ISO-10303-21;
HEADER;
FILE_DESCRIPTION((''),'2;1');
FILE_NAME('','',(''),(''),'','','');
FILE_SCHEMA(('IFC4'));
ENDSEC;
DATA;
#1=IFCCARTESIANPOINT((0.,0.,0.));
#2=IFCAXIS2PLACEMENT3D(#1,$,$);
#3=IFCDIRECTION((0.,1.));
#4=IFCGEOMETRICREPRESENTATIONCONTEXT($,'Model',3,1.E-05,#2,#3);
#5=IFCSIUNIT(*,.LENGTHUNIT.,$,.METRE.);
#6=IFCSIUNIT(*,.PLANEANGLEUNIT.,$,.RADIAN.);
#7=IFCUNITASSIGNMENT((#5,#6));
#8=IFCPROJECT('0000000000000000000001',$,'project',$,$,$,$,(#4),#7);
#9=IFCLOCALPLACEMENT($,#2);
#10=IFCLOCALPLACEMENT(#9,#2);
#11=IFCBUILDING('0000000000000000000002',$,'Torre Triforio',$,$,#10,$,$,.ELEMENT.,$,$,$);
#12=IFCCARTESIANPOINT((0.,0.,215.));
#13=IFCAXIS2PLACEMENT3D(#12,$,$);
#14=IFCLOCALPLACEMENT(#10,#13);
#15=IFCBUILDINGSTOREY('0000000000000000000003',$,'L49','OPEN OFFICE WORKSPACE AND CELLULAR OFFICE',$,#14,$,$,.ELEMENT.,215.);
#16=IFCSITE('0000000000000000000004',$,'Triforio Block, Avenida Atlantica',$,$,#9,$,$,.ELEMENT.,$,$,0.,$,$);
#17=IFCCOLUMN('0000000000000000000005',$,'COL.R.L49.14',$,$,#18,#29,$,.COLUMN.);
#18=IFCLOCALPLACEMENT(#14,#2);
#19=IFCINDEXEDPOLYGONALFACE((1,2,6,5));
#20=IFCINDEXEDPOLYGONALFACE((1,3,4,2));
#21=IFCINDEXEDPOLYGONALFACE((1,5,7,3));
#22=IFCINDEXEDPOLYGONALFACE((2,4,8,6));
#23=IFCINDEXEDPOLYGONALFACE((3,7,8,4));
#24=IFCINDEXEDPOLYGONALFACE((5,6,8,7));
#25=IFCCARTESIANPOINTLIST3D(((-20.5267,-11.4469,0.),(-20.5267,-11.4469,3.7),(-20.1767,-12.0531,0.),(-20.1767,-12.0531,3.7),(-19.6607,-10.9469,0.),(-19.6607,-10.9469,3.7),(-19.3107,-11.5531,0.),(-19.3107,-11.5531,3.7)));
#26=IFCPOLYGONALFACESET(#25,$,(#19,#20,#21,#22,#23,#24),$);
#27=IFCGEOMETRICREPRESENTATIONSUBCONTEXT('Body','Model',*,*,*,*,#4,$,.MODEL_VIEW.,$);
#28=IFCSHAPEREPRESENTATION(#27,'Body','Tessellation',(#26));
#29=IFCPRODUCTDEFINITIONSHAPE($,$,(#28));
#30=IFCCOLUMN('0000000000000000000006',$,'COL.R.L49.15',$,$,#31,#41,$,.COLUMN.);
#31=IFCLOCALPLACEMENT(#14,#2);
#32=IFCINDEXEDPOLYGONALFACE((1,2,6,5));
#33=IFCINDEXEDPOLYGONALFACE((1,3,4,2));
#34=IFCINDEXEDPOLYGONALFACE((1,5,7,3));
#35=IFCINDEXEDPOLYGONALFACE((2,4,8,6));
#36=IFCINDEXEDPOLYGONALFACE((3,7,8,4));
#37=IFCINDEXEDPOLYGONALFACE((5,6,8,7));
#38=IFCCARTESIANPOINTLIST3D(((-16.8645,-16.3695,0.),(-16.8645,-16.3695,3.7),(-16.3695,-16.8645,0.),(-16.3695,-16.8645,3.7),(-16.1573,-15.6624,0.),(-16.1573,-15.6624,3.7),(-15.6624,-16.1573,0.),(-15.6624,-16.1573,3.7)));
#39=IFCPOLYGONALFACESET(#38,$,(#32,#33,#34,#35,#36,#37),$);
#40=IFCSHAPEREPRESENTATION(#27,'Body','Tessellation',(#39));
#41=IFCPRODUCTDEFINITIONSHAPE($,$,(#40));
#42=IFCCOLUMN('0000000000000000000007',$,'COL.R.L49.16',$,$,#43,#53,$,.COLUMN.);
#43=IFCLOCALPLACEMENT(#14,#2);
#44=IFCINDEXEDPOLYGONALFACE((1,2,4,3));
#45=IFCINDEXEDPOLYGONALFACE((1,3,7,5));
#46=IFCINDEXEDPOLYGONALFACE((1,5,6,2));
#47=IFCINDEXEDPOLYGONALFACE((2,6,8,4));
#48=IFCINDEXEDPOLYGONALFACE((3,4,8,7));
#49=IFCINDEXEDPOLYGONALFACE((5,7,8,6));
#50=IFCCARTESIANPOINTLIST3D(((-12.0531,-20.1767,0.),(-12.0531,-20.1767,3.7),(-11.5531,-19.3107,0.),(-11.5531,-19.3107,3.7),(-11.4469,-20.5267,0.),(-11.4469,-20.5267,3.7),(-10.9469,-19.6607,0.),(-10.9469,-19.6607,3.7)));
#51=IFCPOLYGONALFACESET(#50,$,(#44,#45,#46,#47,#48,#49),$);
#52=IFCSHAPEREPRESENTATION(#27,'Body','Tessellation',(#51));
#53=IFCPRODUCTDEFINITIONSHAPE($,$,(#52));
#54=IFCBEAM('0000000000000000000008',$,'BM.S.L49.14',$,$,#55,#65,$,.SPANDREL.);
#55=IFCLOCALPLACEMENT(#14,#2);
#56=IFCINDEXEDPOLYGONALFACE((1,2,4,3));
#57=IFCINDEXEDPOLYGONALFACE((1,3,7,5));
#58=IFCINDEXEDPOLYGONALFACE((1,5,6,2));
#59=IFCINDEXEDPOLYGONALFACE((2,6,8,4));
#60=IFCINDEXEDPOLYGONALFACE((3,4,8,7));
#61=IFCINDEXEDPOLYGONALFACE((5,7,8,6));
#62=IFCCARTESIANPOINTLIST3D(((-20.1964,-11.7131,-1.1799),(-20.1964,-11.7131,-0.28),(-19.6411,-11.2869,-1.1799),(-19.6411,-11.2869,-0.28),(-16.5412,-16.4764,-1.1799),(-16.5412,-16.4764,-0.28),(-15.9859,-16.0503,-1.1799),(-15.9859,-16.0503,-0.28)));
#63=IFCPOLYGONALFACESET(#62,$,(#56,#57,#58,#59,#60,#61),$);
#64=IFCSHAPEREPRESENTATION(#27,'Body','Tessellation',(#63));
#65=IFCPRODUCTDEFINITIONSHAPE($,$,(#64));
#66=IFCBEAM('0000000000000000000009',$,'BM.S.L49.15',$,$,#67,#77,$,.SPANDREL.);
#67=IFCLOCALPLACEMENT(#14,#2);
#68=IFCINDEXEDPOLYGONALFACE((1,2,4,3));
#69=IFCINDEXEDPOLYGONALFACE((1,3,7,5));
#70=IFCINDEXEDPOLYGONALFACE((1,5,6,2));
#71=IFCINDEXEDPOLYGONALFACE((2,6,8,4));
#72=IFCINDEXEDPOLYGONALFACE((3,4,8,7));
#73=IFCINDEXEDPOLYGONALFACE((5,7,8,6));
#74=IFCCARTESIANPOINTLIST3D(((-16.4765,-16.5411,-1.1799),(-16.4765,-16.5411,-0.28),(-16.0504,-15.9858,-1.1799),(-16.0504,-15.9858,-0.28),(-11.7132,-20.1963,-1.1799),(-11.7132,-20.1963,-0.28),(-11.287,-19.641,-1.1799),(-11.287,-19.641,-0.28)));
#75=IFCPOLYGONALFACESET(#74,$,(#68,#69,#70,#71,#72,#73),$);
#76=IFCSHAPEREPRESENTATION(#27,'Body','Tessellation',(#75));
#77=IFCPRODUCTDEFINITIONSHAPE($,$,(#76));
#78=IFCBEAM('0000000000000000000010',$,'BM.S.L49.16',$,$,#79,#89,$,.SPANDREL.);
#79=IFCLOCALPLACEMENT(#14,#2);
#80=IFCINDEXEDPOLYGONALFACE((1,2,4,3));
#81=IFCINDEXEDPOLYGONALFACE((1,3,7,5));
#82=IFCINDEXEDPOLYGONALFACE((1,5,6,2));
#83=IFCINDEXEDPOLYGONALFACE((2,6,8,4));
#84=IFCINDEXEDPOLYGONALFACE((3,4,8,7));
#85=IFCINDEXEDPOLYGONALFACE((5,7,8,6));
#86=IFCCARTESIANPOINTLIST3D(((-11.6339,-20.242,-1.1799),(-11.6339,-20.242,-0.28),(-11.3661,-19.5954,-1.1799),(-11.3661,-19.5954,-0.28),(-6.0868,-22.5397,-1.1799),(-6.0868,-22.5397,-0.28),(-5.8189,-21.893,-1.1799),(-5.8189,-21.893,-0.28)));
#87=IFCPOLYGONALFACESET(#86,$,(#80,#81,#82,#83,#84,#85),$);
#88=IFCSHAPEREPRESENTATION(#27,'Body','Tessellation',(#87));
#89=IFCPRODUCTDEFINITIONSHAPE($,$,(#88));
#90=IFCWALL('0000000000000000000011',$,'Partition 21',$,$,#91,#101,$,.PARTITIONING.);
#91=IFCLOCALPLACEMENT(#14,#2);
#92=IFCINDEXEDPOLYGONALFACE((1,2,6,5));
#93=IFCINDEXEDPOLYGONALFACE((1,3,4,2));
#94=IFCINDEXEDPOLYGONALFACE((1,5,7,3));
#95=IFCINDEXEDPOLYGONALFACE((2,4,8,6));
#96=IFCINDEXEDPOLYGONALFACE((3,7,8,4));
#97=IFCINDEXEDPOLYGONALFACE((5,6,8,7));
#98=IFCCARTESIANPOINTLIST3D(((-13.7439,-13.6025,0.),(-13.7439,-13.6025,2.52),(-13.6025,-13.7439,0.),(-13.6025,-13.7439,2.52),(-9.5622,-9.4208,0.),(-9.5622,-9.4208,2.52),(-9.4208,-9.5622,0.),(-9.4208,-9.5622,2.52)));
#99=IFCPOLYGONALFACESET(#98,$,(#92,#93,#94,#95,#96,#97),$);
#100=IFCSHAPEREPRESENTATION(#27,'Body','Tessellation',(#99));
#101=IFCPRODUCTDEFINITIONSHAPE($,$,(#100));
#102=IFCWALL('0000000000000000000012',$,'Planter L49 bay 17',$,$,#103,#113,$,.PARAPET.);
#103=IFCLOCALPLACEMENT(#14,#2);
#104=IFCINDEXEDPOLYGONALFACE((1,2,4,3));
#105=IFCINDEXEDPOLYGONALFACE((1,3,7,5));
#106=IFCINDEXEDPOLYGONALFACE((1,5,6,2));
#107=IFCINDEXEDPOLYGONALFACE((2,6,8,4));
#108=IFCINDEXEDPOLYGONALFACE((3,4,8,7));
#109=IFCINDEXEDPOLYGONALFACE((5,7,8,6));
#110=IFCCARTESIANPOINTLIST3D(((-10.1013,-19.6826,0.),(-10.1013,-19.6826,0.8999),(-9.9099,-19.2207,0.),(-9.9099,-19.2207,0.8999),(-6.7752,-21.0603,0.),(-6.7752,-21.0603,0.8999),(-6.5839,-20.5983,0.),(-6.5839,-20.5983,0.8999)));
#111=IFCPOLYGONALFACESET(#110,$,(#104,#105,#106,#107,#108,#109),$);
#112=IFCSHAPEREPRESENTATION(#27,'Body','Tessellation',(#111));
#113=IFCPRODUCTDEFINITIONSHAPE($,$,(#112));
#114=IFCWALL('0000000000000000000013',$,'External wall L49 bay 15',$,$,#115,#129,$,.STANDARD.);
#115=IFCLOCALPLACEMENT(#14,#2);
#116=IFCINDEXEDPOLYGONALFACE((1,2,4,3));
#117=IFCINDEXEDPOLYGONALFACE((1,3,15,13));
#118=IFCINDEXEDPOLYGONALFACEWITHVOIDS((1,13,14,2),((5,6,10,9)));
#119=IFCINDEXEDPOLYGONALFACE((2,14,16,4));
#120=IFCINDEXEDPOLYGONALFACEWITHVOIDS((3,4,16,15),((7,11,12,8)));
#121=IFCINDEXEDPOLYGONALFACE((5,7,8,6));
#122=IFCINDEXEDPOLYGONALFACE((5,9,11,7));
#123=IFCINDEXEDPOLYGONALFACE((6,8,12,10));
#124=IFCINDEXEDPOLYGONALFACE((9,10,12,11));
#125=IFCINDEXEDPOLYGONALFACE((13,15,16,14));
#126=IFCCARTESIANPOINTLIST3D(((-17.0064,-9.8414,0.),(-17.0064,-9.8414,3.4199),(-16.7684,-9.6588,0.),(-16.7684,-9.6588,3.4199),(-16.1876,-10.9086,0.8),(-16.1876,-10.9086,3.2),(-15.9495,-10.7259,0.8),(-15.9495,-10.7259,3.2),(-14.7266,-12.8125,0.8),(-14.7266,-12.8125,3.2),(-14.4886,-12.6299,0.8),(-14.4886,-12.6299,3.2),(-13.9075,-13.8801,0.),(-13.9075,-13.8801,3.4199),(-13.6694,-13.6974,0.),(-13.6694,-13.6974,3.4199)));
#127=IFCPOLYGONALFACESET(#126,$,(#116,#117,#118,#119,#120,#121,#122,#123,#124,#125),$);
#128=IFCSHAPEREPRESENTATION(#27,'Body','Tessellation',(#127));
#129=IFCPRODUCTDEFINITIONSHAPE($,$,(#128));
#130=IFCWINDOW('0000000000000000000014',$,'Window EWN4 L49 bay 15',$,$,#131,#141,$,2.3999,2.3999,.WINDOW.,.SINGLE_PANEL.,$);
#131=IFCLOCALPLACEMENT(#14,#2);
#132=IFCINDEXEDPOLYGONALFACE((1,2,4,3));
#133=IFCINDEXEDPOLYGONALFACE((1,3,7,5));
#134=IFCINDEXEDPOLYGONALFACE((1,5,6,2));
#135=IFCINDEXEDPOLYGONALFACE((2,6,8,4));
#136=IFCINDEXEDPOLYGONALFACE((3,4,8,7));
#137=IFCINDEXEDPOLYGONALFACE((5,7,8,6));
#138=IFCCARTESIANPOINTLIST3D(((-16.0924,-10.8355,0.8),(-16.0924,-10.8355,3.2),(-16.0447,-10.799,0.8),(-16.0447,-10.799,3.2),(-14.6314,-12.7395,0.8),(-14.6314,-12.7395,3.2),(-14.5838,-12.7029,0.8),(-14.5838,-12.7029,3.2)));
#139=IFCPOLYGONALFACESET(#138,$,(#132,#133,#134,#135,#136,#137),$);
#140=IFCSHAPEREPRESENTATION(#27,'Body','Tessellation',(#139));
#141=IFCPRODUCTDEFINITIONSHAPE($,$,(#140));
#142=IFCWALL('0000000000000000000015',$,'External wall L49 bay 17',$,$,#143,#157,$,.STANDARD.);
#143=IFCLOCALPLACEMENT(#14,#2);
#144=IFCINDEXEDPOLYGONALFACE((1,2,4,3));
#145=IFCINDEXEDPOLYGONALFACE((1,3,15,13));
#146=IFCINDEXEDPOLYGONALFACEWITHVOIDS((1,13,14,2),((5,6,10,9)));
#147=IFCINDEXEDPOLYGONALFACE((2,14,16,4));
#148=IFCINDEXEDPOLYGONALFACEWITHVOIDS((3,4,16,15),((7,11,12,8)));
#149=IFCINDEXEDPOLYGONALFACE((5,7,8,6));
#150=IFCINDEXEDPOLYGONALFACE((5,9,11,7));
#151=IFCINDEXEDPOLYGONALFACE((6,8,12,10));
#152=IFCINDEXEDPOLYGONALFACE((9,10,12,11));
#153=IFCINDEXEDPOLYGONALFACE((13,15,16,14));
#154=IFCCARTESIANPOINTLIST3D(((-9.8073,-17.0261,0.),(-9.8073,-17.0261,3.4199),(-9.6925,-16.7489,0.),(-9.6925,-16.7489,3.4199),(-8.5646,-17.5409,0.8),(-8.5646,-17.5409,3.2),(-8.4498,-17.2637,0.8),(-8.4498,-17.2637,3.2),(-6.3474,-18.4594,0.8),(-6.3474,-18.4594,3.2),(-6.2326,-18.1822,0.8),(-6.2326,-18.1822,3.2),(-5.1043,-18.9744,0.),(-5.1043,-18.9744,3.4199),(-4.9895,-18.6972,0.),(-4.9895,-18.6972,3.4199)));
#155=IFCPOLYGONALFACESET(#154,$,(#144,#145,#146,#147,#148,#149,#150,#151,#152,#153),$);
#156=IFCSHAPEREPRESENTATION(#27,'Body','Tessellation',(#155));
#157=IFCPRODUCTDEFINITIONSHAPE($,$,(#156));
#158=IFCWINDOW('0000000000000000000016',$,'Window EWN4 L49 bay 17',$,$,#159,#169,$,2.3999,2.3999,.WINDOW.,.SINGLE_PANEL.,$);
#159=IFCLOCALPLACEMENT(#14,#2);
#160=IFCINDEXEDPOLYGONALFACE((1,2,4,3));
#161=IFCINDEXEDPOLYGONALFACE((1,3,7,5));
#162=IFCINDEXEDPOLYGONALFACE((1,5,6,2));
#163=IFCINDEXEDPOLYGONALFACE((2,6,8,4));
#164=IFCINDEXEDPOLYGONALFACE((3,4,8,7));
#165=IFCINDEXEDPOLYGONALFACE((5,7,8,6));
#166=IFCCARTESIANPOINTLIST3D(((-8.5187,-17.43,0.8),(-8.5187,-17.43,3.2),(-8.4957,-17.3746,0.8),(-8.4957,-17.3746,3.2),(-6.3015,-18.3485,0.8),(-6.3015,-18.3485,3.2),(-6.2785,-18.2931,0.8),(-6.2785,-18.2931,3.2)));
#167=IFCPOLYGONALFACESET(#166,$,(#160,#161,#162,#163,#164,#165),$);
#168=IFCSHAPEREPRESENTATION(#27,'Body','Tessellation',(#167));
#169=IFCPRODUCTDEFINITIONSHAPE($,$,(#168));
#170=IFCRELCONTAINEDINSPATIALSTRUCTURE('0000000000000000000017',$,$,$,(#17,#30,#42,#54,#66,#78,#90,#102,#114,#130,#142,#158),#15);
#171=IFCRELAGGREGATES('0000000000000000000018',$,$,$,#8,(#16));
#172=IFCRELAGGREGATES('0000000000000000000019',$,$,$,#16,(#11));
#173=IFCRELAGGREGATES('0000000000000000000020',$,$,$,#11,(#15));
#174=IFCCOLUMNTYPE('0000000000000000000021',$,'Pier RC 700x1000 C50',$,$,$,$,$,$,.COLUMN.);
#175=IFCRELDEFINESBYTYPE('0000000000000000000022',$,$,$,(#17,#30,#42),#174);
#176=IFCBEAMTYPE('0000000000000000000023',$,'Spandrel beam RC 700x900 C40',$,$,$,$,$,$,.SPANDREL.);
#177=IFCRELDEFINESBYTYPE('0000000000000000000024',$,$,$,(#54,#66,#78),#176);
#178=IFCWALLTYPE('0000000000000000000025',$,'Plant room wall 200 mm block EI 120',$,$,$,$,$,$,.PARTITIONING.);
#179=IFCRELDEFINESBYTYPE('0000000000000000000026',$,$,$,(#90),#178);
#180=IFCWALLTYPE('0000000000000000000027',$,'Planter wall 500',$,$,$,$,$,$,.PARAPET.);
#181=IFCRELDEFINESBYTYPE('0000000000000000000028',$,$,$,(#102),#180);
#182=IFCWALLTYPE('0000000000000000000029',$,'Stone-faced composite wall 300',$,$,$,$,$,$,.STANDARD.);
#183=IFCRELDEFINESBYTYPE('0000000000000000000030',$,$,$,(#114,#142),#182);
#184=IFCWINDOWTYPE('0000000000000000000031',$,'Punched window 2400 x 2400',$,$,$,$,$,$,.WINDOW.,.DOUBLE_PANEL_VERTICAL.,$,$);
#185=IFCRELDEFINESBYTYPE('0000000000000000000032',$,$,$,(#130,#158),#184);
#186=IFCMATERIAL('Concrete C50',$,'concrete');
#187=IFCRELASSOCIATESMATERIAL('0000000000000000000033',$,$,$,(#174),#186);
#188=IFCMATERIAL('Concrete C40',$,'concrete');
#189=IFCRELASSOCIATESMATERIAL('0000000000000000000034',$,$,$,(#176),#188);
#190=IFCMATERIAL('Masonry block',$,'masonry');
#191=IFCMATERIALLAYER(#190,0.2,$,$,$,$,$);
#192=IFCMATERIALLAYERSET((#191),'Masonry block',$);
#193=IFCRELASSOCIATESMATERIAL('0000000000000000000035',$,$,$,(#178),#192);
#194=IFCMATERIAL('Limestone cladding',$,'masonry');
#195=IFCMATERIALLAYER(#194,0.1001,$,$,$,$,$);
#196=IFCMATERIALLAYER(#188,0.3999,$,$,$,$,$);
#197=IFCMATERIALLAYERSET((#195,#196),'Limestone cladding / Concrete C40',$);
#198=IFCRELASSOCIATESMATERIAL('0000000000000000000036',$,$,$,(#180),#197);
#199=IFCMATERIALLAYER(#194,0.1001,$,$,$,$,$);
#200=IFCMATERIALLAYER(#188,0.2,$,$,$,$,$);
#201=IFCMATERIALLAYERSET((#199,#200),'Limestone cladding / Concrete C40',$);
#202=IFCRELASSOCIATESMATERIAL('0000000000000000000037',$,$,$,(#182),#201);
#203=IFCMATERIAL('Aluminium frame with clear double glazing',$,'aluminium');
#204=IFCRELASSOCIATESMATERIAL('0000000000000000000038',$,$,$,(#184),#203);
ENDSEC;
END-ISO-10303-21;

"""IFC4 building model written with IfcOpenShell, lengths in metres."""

from ifc_helpers import new_model, si_unit, direction, frame, frame_2d, origin, origin_2d, place, context, subcontext, project, spatial, rectangle, extrude, material, layer, layer_set, material_profile, profile_set, type_object, element, fill, save


model = new_model("IFC4")

# Units and contexts
model_context = context("Model", 3, precision=1e-05, world=origin(), true_north=direction((0.0, 1.0)))
body_context = subcontext(model_context, "Body", "Model", "MODEL_VIEW")
ifc_project = project(units=[si_unit("LENGTHUNIT", "METRE"), si_unit("PLANEANGLEUNIT", "RADIAN")], contexts=[model_context])

# Site, building, storey
site_placement = place(None, origin())
site = spatial("IfcSite", under=ifc_project, at=site_placement, Name="Triforio Block, Avenida Atlantica", CompositionType="ELEMENT", RefElevation=0.0)
building_placement = place(site_placement, origin())
building = spatial("IfcBuilding", under=site, at=building_placement, Name="Torre Triforio", CompositionType="ELEMENT")
storey_placement = place(building_placement, frame((0.0, 0.0, 215.0)))
storey = spatial("IfcBuildingStorey", under=building, at=storey_placement, Name="L49", Description="OPEN OFFICE WORKSPACE AND CELLULAR OFFICE", CompositionType="ELEMENT", Elevation=215.0)

# Columns
ifc_material_1 = material(Name="Concrete C50", Category="concrete")
ifc_material_profile_1 = material_profile(ifc_material_1, rectangle(XDim=0.7, YDim=1.0, at=origin_2d()), Name="RC 700x1000")
ifc_profile_set_1 = profile_set([ifc_material_profile_1], Name="Concrete C50")
column_type = type_object("IfcColumnType", Name="Pier RC 700x1000 C50", PredefinedType="COLUMN", material=ifc_profile_set_1)
for number, where, z_axis, x_axis, name in (
    (1, (-19.9187, -11.5, 0.0), (0.0, 0.0, 1.0), (0.5, -0.866025, 0.0), "COL.R.L49.14"),
    (2, (-16.2634, -16.2634, 0.0), (0.0, 0.0, 1.0), (0.707107, -0.707107, 0.0), "COL.R.L49.15"),
    (3, (-11.5, -19.9187, 0.0), (0.0, 0.0, 1.0), (0.866025, -0.5, 0.0), "COL.R.L49.16"),
):
    element("IfcColumn", number, at=place(storey_placement, frame(where, z_axis=z_axis, x_axis=x_axis)), inside=storey, type_object=column_type, Name=name, PredefinedType="COLUMN", context=body_context, shape_type="SweptSolid", body=[
        extrude(rectangle(XDim=0.7, YDim=1.0, at=origin_2d()), origin(), (0.0, 0.0, 1.0), 3.7),
    ])

# Beams
ifc_material_2 = material(Name="Concrete C40", Category="concrete")
ifc_material_profile_2 = material_profile(ifc_material_2, rectangle(XDim=0.7, YDim=0.8999, at=origin_2d()), Name="RC 700x900")
ifc_profile_set_2 = profile_set([ifc_material_profile_2], Name="Concrete C40")
beam_type = type_object("IfcBeamType", Name="Spandrel beam RC 700x900 C40", PredefinedType="SPANDREL", material=ifc_profile_set_2)
for number, where, z_axis, x_axis, name in (
    (4, (-19.9187, -11.5, -0.73), (0.608779, -0.79334, 0.0), (0.79334, 0.608779, 0.0), "BM.S.L49.14"),
    (5, (-16.2634, -16.2634, -0.73), (0.79334, -0.608779, 0.0), (0.608779, 0.79334, 0.0), "BM.S.L49.15"),
    (6, (-11.5, -19.9187, -0.73), (0.923885, -0.382671, 0.0), (0.382671, 0.923885, 0.0), "BM.S.L49.16"),
):
    element("IfcBeam", number, at=place(storey_placement, frame(where, z_axis=z_axis, x_axis=x_axis)), inside=storey, type_object=beam_type, Name=name, PredefinedType="SPANDREL", context=body_context, shape_type="SweptSolid", body=[
        extrude(rectangle(XDim=0.7, YDim=0.8999, at=origin_2d()), origin(), (0.0, 0.0, 1.0), 6.0042),
    ])

# Walls
ifc_material_3 = material(Name="Masonry block", Category="masonry")
ifc_layer_1 = layer(ifc_material_3, 0.2)
ifc_layer_set_1 = layer_set([ifc_layer_1], Name="Masonry block")
wall_type_1 = type_object("IfcWallType", Name="Plant room wall 200 mm block EI 120", PredefinedType="PARTITIONING", material=ifc_layer_set_1)
wall_1_placement = place(storey_placement, frame((-9.4915, -9.4915, 0.0), z_axis=(0.0, 0.0, 1.0), x_axis=(-0.707107, -0.707107, 0.0)))
element("IfcWall", 7, at=wall_1_placement, inside=storey, type_object=wall_type_1, Name="Partition 21", PredefinedType="PARTITIONING", context=body_context, shape_type="SweptSolid", body=[
    extrude(rectangle(XDim=5.9138, YDim=0.2, at=frame_2d((2.957, 0.0))), origin(), (0.0, 0.0, 1.0), 2.52),
])
ifc_material_4 = material(Name="Limestone cladding", Category="masonry")
ifc_layer_2 = layer(ifc_material_4, 0.1001)
ifc_layer_3 = layer(ifc_material_2, 0.3999)
ifc_layer_set_2 = layer_set([ifc_layer_2, ifc_layer_3], Name="Limestone cladding / Concrete C40")
wall_type_2 = type_object("IfcWallType", Name="Planter wall 500", PredefinedType="PARAPET", material=ifc_layer_set_2)
wall_2_placement = place(storey_placement, frame((-10.0056, -19.4517, 0.0), z_axis=(0.0, 0.0, 1.0), x_axis=(0.923885, -0.382669, 0.0)))
element("IfcWall", 8, at=wall_2_placement, inside=storey, type_object=wall_type_2, Name="Planter L49 bay 17", PredefinedType="PARAPET", context=body_context, shape_type="SweptSolid", body=[
    extrude(rectangle(XDim=3.6001, YDim=0.5, at=frame_2d((1.8, 0.0))), origin(), (0.0, 0.0, 1.0), 0.8999),
])

# Wall, opening, window
ifc_layer_4 = layer(ifc_material_4, 0.1001)
ifc_layer_5 = layer(ifc_material_2, 0.2)
ifc_layer_set_3 = layer_set([ifc_layer_4, ifc_layer_5], Name="Limestone cladding / Concrete C40")
wall_type_3 = type_object("IfcWallType", Name="Stone-faced composite wall 300", PredefinedType="STANDARD", material=ifc_layer_set_3)
wall_3_placement = place(storey_placement, frame((-16.8875, -9.75, 0.0), z_axis=(0.0, 0.0, 1.0), x_axis=(0.608758, -0.793356, 0.0)))
wall_3 = element("IfcWall", 9, at=wall_3_placement, inside=storey, type_object=wall_type_3, Name="External wall L49 bay 15", PredefinedType="STANDARD", context=body_context, shape_type="SweptSolid", body=[
    extrude(rectangle(XDim=5.0906, YDim=0.3, at=frame_2d((2.5454, 0.0))), origin(), (0.0, 0.0, 1.0), 3.4199),
])
opening_1_placement = place(wall_3_placement, frame((1.3452, 0.0, 0.8)))
opening_1 = element("IfcOpeningElement", 10, at=opening_1_placement, cuts=wall_3, PredefinedType="OPENING", context=body_context, shape_type="SweptSolid", body=[
    extrude(rectangle(XDim=2.3999, YDim=2.3999, at=frame_2d((1.2, 1.2))), frame((0.0, 0.1599, 0.0), z_axis=(0.0, -1.0, 0.0), x_axis=(1.0, 0.0, 0.0)), (0.0, 0.0, 1.0), 0.3201),
])
ifc_material_5 = material(Name="Aluminium frame with clear double glazing", Category="aluminium")
window_type_1 = type_object("IfcWindowType", Name="Punched window 2400 x 2400", PartitioningType="DOUBLE_PANEL_VERTICAL", PredefinedType="WINDOW", material=ifc_material_5)
window_1_placement = place(opening_1_placement, origin())
window_1 = element("IfcWindow", 11, at=window_1_placement, inside=storey, type_object=window_type_1, Name="Window EWN4 L49 bay 15", OverallHeight=2.3999, OverallWidth=2.3999, PartitioningType="SINGLE_PANEL", PredefinedType="WINDOW", context=body_context, shape_type="SweptSolid", body=[
    extrude(rectangle(XDim=2.3999, YDim=2.3999, at=frame_2d((1.2, 1.2))), frame((0.0, 0.03, 0.0), z_axis=(0.0, -1.0, 0.0), x_axis=(1.0, 0.0, 0.0)), (0.0, 0.0, 1.0), 0.0601),
])
fill(opening_1, window_1)

# Wall, opening, window
wall_4_placement = place(storey_placement, frame((-9.75, -16.8875, 0.0), z_axis=(0.0, 0.0, 1.0), x_axis=(0.923863, -0.382725, 0.0)))
wall_4 = element("IfcWall", 12, at=wall_4_placement, inside=storey, type_object=wall_type_3, Name="External wall L49 bay 17", PredefinedType="STANDARD", context=body_context, shape_type="SweptSolid", body=[
    extrude(rectangle(XDim=5.0906, YDim=0.3, at=frame_2d((2.5454, 0.0))), origin(), (0.0, 0.0, 1.0), 3.4199),
])
opening_2_placement = place(wall_4_placement, frame((1.3452, 0.0, 0.8)))
opening_2 = element("IfcOpeningElement", 13, at=opening_2_placement, cuts=wall_4, PredefinedType="OPENING", context=body_context, shape_type="SweptSolid", body=[
    extrude(rectangle(XDim=2.3999, YDim=2.3999, at=frame_2d((1.2, 1.2))), frame((0.0, 0.1599, 0.0), z_axis=(0.0, -1.0, 0.0), x_axis=(1.0, 0.0, 0.0)), (0.0, 0.0, 1.0), 0.3201),
])
window_2_placement = place(opening_2_placement, origin())
window_2 = element("IfcWindow", 14, at=window_2_placement, inside=storey, type_object=window_type_1, Name="Window EWN4 L49 bay 17", OverallHeight=2.3999, OverallWidth=2.3999, PartitioningType="SINGLE_PANEL", PredefinedType="WINDOW", context=body_context, shape_type="SweptSolid", body=[
    extrude(rectangle(XDim=2.3999, YDim=2.3999, at=frame_2d((1.2, 1.2))), frame((0.0, 0.03, 0.0), z_axis=(0.0, -1.0, 0.0), x_axis=(1.0, 0.0, 0.0)), (0.0, 0.0, 1.0), 0.0601),
])
fill(opening_2, window_2)

save(model, "model.ifc")
